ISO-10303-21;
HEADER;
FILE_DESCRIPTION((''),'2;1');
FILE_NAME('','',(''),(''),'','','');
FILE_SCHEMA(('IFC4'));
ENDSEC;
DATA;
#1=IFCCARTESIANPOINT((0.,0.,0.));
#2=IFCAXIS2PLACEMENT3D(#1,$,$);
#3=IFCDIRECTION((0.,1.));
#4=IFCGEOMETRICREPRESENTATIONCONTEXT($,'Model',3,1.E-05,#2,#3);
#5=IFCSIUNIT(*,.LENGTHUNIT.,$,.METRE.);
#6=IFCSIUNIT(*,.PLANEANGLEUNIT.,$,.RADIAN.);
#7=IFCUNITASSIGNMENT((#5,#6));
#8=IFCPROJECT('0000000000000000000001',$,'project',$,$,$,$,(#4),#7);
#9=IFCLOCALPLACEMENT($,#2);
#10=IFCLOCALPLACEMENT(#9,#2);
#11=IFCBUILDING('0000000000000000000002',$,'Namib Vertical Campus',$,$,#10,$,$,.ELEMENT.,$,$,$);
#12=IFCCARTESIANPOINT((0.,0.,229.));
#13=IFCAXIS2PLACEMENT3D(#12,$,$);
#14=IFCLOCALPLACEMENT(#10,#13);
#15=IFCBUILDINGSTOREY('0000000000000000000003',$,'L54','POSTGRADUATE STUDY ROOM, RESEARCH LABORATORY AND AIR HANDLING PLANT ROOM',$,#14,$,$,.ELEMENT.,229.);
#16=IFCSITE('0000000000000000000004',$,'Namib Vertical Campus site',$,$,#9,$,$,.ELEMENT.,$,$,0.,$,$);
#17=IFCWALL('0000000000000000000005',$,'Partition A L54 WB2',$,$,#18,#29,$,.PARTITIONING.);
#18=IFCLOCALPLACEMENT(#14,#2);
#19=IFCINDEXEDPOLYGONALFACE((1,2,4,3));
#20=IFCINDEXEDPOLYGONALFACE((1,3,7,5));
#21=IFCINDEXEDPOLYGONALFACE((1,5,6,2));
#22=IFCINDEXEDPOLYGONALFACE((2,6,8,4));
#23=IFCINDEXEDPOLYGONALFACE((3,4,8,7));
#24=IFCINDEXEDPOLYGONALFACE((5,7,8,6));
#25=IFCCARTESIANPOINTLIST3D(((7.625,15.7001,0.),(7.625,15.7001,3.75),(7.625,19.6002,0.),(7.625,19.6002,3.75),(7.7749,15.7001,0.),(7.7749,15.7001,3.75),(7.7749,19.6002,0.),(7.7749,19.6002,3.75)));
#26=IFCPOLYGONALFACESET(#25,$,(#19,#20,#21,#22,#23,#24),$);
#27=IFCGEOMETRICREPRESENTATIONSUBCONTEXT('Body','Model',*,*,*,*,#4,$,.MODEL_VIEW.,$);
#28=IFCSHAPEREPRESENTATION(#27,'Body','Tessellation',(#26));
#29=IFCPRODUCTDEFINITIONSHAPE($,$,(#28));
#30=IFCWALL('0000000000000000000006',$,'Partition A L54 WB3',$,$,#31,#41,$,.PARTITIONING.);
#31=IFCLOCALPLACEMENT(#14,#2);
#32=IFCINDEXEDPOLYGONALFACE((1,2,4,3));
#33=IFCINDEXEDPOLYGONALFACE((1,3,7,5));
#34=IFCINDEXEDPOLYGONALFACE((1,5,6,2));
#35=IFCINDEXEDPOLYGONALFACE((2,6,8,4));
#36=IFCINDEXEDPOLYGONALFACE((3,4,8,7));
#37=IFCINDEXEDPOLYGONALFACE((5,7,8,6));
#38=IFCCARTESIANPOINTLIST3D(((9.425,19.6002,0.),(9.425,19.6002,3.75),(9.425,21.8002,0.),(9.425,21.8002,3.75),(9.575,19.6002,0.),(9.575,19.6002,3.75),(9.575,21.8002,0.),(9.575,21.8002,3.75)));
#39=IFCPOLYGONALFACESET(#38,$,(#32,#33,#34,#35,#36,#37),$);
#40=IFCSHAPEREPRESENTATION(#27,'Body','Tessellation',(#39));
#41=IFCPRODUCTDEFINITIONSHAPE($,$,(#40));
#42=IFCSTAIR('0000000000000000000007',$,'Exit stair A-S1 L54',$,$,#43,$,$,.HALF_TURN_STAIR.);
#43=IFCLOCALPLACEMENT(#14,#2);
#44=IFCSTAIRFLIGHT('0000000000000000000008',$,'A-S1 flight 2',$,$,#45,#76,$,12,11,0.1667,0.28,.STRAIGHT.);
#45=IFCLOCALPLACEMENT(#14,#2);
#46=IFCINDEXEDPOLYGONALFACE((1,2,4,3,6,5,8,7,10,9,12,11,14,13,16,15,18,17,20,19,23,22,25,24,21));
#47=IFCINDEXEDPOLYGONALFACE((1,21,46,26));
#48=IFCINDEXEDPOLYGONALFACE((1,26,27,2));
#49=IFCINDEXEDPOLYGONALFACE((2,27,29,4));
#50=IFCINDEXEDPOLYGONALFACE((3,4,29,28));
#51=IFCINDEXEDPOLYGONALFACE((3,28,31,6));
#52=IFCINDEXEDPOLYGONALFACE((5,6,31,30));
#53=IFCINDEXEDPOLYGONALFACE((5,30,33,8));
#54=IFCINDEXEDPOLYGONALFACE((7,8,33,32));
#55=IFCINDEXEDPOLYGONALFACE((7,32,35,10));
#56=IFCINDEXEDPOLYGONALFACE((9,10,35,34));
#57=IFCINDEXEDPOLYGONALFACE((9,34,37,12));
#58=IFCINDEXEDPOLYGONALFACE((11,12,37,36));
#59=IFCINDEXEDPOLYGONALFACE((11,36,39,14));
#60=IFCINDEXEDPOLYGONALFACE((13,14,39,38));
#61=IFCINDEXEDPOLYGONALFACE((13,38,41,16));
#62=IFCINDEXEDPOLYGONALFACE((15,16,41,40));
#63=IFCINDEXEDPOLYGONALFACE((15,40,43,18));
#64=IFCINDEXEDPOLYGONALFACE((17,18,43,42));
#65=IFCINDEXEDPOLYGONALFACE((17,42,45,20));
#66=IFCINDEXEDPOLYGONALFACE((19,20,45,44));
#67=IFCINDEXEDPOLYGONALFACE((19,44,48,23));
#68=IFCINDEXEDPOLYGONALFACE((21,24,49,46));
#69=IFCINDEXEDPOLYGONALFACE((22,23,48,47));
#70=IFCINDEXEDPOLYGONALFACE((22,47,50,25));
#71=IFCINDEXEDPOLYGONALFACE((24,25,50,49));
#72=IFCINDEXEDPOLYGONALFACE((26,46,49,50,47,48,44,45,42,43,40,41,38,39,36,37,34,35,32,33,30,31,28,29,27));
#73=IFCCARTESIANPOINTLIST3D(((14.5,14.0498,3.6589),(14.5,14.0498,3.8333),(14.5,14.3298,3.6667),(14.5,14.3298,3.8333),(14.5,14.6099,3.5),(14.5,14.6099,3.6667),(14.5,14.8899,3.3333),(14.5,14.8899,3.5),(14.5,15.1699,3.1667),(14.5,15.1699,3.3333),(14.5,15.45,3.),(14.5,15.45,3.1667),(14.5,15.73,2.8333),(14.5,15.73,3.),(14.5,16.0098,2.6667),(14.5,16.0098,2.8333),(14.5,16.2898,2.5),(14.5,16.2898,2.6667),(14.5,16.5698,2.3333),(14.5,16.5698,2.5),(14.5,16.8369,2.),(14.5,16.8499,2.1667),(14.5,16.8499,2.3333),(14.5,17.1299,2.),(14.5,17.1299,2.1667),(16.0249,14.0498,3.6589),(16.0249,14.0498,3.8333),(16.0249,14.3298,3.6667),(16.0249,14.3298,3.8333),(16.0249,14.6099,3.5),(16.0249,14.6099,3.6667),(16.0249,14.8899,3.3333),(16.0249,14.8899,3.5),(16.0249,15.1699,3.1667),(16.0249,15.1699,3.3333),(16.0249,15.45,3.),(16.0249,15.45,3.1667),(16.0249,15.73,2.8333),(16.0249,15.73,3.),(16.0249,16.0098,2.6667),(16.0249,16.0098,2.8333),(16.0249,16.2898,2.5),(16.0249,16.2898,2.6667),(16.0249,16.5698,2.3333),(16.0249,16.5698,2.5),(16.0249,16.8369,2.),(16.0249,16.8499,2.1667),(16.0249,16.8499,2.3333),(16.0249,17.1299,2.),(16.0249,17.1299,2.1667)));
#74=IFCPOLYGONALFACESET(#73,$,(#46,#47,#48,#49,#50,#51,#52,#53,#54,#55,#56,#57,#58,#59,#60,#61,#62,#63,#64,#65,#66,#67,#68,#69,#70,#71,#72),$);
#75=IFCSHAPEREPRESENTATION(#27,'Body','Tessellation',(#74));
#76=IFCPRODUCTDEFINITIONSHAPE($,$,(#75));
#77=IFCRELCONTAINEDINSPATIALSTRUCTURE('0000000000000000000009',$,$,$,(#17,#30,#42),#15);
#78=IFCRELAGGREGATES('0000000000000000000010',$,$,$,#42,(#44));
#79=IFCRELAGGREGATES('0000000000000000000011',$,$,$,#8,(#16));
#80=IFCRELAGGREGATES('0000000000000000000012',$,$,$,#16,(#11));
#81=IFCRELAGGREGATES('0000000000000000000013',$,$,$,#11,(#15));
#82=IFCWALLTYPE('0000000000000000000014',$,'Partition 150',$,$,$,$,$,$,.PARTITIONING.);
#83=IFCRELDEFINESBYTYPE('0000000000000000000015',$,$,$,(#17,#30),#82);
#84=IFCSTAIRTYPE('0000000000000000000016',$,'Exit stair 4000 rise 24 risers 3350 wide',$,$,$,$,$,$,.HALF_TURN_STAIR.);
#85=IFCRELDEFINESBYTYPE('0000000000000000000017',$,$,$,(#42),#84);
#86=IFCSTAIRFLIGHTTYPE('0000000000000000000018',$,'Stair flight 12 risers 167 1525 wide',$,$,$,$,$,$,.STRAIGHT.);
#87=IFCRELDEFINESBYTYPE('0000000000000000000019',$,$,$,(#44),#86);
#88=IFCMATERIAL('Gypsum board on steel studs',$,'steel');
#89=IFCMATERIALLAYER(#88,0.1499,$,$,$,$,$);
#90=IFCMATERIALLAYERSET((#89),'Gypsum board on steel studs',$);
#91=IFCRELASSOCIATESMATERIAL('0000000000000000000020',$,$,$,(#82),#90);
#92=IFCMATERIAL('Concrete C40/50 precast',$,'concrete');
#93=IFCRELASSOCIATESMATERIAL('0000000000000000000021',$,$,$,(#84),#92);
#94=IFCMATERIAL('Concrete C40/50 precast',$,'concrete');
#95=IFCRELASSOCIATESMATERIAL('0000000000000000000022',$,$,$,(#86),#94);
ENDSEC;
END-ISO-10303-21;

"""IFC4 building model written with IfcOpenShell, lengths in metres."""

from ifc_helpers import new_model, si_unit, direction, frame, frame_2d, origin, place, context, subcontext, project, spatial, polyline, rectangle, outline, extrude, material, layer, layer_set, type_object, element, aggregate, save


model = new_model("IFC4")

# Units and contexts
model_context = context("Model", 3, precision=1e-05, world=origin(), true_north=direction((0.0, 1.0)))
body_context = subcontext(model_context, "Body", "Model", "MODEL_VIEW")
ifc_project = project(units=[si_unit("LENGTHUNIT", "METRE"), si_unit("PLANEANGLEUNIT", "RADIAN")], contexts=[model_context])

# Site, building, storey
site_placement = place(None, origin())
site = spatial("IfcSite", under=ifc_project, at=site_placement, Name="Namib Vertical Campus site", CompositionType="ELEMENT", RefElevation=0.0)
building_placement = place(site_placement, origin())
building = spatial("IfcBuilding", under=site, at=building_placement, Name="Namib Vertical Campus", CompositionType="ELEMENT")
storey_placement = place(building_placement, frame((0.0, 0.0, 229.0)))
storey = spatial("IfcBuildingStorey", under=building, at=storey_placement, Name="L54", Description="POSTGRADUATE STUDY ROOM, RESEARCH LABORATORY AND AIR HANDLING PLANT ROOM", CompositionType="ELEMENT", Elevation=229.0)

# Walls
ifc_material_1 = material(Name="Gypsum board on steel studs", Category="steel")
ifc_layer_1 = layer(ifc_material_1, 0.1499)
ifc_layer_set_1 = layer_set([ifc_layer_1], Name="Gypsum board on steel studs")
wall_type_1 = type_object("IfcWallType", Name="Partition 150", PredefinedType="PARTITIONING", material=ifc_layer_set_1)
wall_1_placement = place(storey_placement, frame((7.7, 15.7, 0.0), z_axis=(0.0, 0.0, 1.0), x_axis=(0.0, 1.0, 0.0)))
element("IfcWall", 1, at=wall_1_placement, inside=storey, type_object=wall_type_1, Name="Partition A L54 WB2", PredefinedType="PARTITIONING", context=body_context, shape_type="SweptSolid", body=[
    extrude(rectangle(XDim=3.9001, YDim=0.1499, at=frame_2d((1.9502, 0.0))), origin(), (0.0, 0.0, 1.0), 3.75),
])
wall_2_placement = place(storey_placement, frame((9.5, 19.6001, 0.0), z_axis=(0.0, 0.0, 1.0), x_axis=(0.0, 1.0, 0.0)))
element("IfcWall", 2, at=wall_2_placement, inside=storey, type_object=wall_type_1, Name="Partition A L54 WB3", PredefinedType="PARTITIONING", context=body_context, shape_type="SweptSolid", body=[
    extrude(rectangle(XDim=2.2, YDim=0.1499, at=frame_2d((1.1001, 0.0))), origin(), (0.0, 0.0, 1.0), 3.75),
])

# Stair, stair flight
ifc_material_2 = material(Name="Concrete C40/50 precast", Category="concrete")
stair_type = type_object("IfcStairType", Name="Exit stair 4000 rise 24 risers 3350 wide", PredefinedType="HALF_TURN_STAIR", material=ifc_material_2)
stair_placement = place(storey_placement, origin())
stair = element("IfcStair", 3, at=stair_placement, inside=storey, type_object=stair_type, Name="Exit stair A-S1 L54", PredefinedType="HALF_TURN_STAIR")
ifc_material_3 = material(Name="Concrete C40/50 precast", Category="concrete")
stair_flight_type = type_object("IfcStairFlightType", Name="Stair flight 12 risers 167 1525 wide", PredefinedType="STRAIGHT", material=ifc_material_3)
stair_flight_placement = place(storey_placement, frame((15.2625, 17.1299, 2.0), z_axis=(0.0, 0.0, 1.0), x_axis=(0.0, -1.0, 0.0)))
stair_flight = element("IfcStairFlight", 4, at=stair_flight_placement, type_object=stair_flight_type, Name="A-S1 flight 2", NumberOfRisers=12, NumberOfTreads=11, PredefinedType="STRAIGHT", RiserHeight=0.1667, TreadLength=0.28, context=body_context, shape_type="SweptSolid", body=[
    extrude(outline(polyline([(0.0, 0.0), (0.0, 0.1667), (0.28, 0.1667), (0.28, 0.3333), (0.5601, 0.3333), (0.5601, 0.5), (0.8401, 0.5), (0.8401, 0.6667), (1.1201, 0.6667), (1.1201, 0.8333), (1.3999, 0.8333), (1.3999, 1.0), (1.6799, 1.0), (1.6799, 1.1667), (1.96, 1.1667), (1.96, 1.3333), (2.24, 1.3333), (2.24, 1.5), (2.52, 1.5), (2.52, 1.6667), (2.8, 1.6667), (2.8, 1.8333), (3.0801, 1.8333), (3.0801, 2.0), (3.0801, 1.6589), (0.293, 0.0), (0.0, 0.0)])), frame((0.0, 0.7625, 0.0), z_axis=(0.0, -1.0, 0.0), x_axis=(1.0, 0.0, 0.0)), (0.0, 0.0, 1.0), 1.5249),
])
aggregate(stair, [stair_flight])

save(model, "model.ifc")
